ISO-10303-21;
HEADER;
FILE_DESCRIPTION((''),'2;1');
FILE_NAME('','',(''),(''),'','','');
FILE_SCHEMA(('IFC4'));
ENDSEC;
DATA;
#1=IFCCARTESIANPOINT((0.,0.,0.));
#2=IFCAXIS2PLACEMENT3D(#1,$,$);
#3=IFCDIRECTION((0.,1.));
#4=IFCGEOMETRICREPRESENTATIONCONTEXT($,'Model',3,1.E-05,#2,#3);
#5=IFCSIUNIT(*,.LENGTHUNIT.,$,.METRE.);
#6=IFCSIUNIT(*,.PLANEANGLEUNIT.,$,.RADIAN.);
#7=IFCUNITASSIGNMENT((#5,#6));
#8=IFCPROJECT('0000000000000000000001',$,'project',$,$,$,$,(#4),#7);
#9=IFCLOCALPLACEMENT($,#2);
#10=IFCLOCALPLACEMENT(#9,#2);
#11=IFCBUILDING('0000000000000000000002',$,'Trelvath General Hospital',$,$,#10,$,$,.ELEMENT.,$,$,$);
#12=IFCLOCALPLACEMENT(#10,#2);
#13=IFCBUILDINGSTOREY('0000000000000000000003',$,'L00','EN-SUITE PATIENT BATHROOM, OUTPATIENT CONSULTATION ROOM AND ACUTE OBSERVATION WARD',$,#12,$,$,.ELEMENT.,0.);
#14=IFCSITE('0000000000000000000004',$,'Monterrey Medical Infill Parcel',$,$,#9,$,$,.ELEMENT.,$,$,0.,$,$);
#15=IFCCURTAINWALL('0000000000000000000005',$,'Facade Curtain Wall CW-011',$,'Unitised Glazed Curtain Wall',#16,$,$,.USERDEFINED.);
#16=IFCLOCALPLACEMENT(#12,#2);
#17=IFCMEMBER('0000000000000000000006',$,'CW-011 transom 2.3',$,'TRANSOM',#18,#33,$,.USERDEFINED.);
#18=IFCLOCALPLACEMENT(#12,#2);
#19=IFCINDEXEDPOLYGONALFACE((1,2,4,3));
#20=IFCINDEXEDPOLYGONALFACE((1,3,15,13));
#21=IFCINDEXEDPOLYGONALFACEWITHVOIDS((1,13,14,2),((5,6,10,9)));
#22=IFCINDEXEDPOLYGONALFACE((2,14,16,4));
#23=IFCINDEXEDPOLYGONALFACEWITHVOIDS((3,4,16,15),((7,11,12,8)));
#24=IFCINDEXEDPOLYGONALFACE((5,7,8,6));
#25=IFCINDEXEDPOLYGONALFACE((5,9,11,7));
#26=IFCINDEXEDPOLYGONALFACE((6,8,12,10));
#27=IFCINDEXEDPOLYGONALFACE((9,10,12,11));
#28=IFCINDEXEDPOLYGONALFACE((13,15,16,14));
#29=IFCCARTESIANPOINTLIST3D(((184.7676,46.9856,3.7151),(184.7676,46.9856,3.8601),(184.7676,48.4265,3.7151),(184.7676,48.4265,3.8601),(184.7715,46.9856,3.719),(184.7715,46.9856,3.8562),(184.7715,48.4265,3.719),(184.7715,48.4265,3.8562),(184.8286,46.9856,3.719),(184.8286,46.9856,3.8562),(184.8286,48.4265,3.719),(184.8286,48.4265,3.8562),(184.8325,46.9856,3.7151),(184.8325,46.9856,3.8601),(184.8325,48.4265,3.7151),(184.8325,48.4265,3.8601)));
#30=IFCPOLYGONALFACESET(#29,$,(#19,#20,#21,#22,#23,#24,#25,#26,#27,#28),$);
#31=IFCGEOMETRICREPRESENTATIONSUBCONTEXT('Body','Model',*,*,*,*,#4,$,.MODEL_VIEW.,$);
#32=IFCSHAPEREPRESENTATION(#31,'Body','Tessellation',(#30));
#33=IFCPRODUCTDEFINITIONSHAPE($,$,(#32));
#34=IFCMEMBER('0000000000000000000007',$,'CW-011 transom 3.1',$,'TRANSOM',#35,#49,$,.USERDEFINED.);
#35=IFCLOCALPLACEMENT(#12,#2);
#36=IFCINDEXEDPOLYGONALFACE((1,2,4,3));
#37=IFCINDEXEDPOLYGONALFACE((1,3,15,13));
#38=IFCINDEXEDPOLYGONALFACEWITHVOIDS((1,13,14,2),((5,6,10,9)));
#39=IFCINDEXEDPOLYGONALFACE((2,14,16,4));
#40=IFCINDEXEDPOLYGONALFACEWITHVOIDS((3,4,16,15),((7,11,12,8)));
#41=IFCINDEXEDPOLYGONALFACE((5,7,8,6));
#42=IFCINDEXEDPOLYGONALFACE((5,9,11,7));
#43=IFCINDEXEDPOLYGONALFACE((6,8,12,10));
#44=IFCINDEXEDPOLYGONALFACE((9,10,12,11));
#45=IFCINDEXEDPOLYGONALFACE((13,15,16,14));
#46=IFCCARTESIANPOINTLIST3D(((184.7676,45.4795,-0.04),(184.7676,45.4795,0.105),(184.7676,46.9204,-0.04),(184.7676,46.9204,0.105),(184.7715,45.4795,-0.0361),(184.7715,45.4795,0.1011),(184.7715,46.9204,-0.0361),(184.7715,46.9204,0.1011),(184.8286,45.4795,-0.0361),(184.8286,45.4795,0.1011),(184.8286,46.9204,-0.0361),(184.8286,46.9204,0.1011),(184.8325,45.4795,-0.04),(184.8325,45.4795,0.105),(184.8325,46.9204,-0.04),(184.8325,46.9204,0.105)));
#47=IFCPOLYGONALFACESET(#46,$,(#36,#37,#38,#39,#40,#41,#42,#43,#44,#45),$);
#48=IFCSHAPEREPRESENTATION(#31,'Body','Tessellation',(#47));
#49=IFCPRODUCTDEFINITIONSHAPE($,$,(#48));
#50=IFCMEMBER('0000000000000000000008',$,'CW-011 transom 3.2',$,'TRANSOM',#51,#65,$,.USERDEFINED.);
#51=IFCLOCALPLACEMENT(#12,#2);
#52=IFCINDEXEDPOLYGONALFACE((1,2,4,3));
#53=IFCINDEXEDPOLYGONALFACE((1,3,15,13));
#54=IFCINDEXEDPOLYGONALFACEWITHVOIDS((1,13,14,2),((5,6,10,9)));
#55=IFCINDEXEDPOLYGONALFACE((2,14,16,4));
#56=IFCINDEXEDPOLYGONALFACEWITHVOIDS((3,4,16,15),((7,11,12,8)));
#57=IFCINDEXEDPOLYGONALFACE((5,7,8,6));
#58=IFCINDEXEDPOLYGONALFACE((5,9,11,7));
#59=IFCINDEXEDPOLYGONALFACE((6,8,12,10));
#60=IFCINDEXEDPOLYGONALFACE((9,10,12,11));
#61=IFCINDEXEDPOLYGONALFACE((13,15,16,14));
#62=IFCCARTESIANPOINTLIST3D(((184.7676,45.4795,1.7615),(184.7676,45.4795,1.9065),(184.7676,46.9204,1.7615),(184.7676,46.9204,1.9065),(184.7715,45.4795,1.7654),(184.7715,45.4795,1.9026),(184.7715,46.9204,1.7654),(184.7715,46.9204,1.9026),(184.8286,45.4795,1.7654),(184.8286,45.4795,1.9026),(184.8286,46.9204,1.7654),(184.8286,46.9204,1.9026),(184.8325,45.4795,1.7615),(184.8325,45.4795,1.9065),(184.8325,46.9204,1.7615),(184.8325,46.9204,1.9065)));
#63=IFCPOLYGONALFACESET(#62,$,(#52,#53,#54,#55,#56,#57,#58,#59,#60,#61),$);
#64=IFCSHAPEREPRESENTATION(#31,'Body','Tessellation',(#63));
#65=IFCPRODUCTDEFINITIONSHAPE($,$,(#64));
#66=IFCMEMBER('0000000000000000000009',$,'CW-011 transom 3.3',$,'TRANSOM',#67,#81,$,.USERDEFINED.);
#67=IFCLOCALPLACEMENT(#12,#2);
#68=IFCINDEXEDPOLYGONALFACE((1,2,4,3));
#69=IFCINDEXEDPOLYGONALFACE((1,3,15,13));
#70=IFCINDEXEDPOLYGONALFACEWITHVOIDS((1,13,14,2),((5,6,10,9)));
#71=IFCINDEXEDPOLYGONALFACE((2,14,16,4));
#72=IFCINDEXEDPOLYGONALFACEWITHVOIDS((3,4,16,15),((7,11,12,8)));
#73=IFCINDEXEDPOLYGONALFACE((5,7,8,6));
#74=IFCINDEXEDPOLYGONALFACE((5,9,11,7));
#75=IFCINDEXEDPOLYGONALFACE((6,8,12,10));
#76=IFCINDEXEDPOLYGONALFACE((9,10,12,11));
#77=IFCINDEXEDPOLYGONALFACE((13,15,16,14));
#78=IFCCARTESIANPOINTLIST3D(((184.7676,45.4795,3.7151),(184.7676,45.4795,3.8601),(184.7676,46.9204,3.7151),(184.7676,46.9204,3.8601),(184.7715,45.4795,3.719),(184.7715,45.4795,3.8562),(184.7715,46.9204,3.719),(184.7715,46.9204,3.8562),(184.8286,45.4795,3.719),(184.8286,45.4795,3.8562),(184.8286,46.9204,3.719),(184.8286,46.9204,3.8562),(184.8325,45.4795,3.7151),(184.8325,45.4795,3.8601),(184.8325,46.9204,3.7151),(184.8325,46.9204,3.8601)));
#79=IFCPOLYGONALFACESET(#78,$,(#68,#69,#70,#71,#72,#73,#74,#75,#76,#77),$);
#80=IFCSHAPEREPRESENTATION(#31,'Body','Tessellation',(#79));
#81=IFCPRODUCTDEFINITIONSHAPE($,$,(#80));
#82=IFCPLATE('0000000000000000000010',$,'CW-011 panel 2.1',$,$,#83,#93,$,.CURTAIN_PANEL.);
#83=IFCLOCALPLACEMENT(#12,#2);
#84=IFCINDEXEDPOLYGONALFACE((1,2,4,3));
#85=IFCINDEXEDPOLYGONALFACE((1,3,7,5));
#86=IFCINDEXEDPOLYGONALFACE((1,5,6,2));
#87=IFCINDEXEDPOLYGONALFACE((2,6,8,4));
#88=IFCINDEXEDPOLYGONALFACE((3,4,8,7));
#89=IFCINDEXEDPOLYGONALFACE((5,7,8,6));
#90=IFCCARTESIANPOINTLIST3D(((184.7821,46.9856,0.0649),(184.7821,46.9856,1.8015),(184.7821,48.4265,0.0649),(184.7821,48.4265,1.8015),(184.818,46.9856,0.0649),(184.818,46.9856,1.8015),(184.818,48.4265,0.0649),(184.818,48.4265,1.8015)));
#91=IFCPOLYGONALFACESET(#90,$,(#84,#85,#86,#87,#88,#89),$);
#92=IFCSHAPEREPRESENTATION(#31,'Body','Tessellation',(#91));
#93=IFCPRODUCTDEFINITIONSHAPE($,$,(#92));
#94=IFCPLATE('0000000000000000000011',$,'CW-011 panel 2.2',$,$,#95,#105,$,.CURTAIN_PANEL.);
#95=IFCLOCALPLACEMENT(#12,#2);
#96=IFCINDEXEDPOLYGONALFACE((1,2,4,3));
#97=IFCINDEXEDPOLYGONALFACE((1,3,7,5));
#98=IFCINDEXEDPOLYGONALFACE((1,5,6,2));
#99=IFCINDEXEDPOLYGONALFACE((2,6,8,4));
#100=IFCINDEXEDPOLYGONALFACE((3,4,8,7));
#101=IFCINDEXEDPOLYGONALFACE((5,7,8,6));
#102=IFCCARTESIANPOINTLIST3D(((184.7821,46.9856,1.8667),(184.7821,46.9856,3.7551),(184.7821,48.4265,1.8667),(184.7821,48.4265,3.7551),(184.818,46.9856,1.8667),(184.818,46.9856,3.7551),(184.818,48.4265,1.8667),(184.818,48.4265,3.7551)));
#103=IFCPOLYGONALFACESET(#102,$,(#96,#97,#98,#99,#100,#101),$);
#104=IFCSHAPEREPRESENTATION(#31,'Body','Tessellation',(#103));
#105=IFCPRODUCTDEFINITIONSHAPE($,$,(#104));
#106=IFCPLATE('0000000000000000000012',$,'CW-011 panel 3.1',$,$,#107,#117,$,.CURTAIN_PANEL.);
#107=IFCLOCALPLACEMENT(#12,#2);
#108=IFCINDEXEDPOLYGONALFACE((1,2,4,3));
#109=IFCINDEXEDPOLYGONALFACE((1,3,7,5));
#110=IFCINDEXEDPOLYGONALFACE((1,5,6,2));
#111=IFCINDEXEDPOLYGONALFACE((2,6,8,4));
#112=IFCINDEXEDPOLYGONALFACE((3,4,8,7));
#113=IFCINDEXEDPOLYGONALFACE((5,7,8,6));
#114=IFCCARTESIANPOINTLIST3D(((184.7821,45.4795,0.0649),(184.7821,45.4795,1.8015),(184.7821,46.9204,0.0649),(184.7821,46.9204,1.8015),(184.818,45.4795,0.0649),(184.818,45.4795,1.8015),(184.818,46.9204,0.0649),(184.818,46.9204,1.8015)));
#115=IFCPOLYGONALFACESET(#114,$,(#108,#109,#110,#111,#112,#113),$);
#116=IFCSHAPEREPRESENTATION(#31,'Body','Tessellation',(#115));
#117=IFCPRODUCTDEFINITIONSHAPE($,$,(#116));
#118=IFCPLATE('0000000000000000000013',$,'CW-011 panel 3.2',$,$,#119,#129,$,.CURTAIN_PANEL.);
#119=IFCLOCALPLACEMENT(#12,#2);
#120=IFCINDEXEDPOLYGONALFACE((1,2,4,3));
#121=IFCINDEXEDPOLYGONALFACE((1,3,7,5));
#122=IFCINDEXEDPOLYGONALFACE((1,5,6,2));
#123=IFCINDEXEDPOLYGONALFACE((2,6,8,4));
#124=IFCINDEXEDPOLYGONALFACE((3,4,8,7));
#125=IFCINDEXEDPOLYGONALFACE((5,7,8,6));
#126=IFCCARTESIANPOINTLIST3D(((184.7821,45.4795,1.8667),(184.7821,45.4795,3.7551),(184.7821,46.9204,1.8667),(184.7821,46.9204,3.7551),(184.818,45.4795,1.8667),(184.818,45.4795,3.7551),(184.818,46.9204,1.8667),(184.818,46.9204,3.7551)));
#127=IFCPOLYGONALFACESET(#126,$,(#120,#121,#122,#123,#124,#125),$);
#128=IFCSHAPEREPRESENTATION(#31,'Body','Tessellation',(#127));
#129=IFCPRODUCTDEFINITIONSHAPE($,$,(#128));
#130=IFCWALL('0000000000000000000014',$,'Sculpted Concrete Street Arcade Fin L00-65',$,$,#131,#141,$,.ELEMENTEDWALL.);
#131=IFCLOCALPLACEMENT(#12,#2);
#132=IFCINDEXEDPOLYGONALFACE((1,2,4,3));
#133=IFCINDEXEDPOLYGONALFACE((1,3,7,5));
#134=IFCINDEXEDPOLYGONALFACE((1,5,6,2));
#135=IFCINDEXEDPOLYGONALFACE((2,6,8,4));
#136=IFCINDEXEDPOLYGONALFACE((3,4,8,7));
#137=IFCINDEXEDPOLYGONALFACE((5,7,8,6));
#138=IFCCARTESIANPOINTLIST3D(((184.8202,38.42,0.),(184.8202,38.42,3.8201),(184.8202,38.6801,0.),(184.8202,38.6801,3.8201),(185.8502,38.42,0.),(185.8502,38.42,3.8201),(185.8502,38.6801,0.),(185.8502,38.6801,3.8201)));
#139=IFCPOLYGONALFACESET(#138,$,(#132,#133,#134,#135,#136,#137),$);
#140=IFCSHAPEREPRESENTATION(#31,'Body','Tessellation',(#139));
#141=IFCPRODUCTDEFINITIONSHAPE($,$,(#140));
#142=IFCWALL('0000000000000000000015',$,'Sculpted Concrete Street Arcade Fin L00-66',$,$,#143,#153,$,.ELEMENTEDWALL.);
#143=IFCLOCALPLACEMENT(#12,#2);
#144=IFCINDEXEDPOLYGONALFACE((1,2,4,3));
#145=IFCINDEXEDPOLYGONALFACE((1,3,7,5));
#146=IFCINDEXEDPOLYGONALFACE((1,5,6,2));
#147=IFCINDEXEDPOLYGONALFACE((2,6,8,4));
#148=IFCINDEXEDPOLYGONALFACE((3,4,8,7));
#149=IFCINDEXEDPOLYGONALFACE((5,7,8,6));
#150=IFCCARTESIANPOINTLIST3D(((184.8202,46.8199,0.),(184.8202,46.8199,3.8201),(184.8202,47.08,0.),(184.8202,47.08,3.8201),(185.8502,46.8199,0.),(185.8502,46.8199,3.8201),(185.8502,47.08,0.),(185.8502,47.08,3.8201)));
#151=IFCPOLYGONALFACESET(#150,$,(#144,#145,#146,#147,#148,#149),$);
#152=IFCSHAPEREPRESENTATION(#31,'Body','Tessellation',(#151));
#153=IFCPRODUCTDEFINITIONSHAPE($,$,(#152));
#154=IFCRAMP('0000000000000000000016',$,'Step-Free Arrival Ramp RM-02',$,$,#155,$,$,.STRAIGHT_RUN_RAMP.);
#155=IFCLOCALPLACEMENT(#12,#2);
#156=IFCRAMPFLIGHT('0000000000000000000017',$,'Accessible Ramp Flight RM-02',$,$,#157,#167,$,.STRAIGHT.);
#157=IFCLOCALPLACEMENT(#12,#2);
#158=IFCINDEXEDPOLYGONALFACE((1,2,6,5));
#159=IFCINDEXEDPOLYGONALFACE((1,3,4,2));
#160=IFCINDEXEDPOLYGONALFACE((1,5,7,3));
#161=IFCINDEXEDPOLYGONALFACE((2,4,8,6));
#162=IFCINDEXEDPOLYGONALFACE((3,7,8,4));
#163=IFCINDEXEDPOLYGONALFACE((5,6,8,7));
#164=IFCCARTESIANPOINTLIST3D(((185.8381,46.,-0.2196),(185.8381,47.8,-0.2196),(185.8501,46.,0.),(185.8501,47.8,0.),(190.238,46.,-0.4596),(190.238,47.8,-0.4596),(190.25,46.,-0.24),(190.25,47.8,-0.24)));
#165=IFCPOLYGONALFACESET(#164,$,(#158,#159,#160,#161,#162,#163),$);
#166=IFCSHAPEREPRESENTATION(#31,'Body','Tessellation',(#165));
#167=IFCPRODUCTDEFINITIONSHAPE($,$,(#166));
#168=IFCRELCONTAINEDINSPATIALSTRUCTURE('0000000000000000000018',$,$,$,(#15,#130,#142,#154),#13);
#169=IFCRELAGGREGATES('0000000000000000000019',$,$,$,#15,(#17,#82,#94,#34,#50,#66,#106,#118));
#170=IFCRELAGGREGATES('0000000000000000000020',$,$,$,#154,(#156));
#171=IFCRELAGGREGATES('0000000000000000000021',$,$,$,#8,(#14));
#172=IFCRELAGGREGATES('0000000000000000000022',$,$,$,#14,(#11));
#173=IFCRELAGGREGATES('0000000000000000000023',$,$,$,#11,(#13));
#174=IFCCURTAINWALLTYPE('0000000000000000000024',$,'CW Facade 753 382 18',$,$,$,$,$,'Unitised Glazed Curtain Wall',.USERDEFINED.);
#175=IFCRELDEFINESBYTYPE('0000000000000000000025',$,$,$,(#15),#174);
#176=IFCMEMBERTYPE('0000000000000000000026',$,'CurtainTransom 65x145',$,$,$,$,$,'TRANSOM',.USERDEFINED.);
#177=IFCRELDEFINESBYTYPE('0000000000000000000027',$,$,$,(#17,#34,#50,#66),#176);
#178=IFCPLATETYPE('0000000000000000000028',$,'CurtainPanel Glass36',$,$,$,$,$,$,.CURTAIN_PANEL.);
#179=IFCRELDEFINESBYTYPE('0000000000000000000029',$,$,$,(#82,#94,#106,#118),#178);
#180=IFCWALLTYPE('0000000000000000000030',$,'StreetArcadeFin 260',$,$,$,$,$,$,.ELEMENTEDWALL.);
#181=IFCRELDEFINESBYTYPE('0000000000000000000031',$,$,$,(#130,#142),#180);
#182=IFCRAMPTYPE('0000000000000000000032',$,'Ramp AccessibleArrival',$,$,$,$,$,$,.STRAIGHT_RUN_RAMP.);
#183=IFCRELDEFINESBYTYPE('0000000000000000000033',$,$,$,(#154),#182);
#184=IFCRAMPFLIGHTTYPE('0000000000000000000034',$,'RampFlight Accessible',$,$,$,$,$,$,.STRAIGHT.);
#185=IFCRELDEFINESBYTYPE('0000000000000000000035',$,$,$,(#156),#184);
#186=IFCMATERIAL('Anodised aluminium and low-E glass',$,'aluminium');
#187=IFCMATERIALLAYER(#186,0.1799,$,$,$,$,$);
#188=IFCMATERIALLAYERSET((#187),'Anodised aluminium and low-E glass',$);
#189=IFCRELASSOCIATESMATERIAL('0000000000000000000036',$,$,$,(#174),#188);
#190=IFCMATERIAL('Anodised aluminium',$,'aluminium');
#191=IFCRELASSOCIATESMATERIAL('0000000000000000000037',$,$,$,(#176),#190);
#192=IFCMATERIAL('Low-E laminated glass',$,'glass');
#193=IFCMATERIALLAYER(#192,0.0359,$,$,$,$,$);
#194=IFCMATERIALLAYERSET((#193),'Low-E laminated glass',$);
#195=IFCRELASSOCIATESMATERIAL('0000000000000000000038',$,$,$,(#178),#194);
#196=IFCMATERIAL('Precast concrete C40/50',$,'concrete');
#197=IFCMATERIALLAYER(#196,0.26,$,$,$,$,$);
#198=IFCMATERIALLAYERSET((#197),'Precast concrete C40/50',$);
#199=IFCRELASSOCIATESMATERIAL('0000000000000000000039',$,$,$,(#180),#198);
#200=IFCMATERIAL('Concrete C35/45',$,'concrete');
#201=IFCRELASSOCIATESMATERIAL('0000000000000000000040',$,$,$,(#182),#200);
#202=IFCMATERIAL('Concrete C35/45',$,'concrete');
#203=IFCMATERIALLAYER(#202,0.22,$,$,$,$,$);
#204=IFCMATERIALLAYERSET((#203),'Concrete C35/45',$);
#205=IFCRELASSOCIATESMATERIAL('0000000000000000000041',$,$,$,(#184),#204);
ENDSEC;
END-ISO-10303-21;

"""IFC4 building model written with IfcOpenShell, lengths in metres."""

from ifc_helpers import new_model, si_unit, direction, frame, frame_2d, origin, origin_2d, place, context, subcontext, project, spatial, polyline, rectangle, hollow_rectangle, outline, extrude, material, layer, layer_set, material_profile, profile_set, type_object, element, aggregate, save


model = new_model("IFC4")

# Units and contexts
model_context = context("Model", 3, precision=1e-05, world=origin(), true_north=direction((0.0, 1.0)))
body_context = subcontext(model_context, "Body", "Model", "MODEL_VIEW")
ifc_project = project(units=[si_unit("LENGTHUNIT", "METRE"), si_unit("PLANEANGLEUNIT", "RADIAN")], contexts=[model_context])

# Site, building, storey
site_placement = place(None, origin())
site = spatial("IfcSite", under=ifc_project, at=site_placement, Name="Monterrey Medical Infill Parcel", CompositionType="ELEMENT", RefElevation=0.0)
building_placement = place(site_placement, origin())
building = spatial("IfcBuilding", under=site, at=building_placement, Name="Trelvath General Hospital", CompositionType="ELEMENT")
storey_placement = place(building_placement, origin())
storey = spatial("IfcBuildingStorey", under=building, at=storey_placement, Name="L00", Description="EN-SUITE PATIENT BATHROOM, OUTPATIENT CONSULTATION ROOM AND ACUTE OBSERVATION WARD", CompositionType="ELEMENT", Elevation=0.0)

# Curtain wall, members, plates
ifc_material_1 = material(Name="Anodised aluminium and low-E glass", Category="aluminium")
ifc_layer_1 = layer(ifc_material_1, 0.1799)
ifc_layer_set_1 = layer_set([ifc_layer_1], Name="Anodised aluminium and low-E glass")
curtain_wall_type = type_object("IfcCurtainWallType", Name="CW Facade 753 382 18", ElementType="Unitised Glazed Curtain Wall", PredefinedType="USERDEFINED", material=ifc_layer_set_1)
curtain_wall_placement = place(storey_placement, origin())
curtain_wall = element("IfcCurtainWall", 1, at=curtain_wall_placement, inside=storey, type_object=curtain_wall_type, Name="Facade Curtain Wall CW-011", ObjectType="Unitised Glazed Curtain Wall", PredefinedType="USERDEFINED")
ifc_material_2 = material(Name="Anodised aluminium", Category="aluminium")
ifc_material_profile_1 = material_profile(ifc_material_2, hollow_rectangle(XDim=0.0649, YDim=0.145, WallThickness=0.0039, at=origin_2d()), Name="RHS65x145x4")
ifc_profile_set_1 = profile_set([ifc_material_profile_1], Name="Anodised aluminium")
member_type_1 = type_object("IfcMemberType", Name="CurtainTransom 65x145", ElementType="TRANSOM", PredefinedType="USERDEFINED", material=ifc_profile_set_1)
member_1_placement = place(storey_placement, frame((184.8, 48.4265, 3.7876), z_axis=(0.0, -1.0, 0.0), x_axis=(1.0, 0.0, 0.0)))
member_1 = element("IfcMember", 2, at=member_1_placement, type_object=member_type_1, Name="CW-011 transom 2.3", ObjectType="TRANSOM", PredefinedType="USERDEFINED", context=body_context, shape_type="SweptSolid", body=[
    extrude(hollow_rectangle(XDim=0.0649, YDim=0.145, WallThickness=0.0039, at=origin_2d()), origin(), (0.0, 0.0, 1.0), 1.4409),
])
member_2_placement = place(storey_placement, frame((184.8, 46.9204, 0.0325), z_axis=(0.0, -1.0, 0.0), x_axis=(1.0, 0.0, 0.0)))
member_2 = element("IfcMember", 3, at=member_2_placement, type_object=member_type_1, Name="CW-011 transom 3.1", ObjectType="TRANSOM", PredefinedType="USERDEFINED", context=body_context, shape_type="SweptSolid", body=[
    extrude(hollow_rectangle(XDim=0.0649, YDim=0.145, WallThickness=0.0039, at=origin_2d()), origin(), (0.0, 0.0, 1.0), 1.4409),
])
member_3_placement = place(storey_placement, frame((184.8, 46.9204, 1.834), z_axis=(0.0, -1.0, 0.0), x_axis=(1.0, 0.0, 0.0)))
member_3 = element("IfcMember", 4, at=member_3_placement, type_object=member_type_1, Name="CW-011 transom 3.2", ObjectType="TRANSOM", PredefinedType="USERDEFINED", context=body_context, shape_type="SweptSolid", body=[
    extrude(hollow_rectangle(XDim=0.0649, YDim=0.145, WallThickness=0.0039, at=origin_2d()), origin(), (0.0, 0.0, 1.0), 1.4409),
])
member_4_placement = place(storey_placement, frame((184.8, 46.9204, 3.7876), z_axis=(0.0, -1.0, 0.0), x_axis=(1.0, 0.0, 0.0)))
member_4 = element("IfcMember", 5, at=member_4_placement, type_object=member_type_1, Name="CW-011 transom 3.3", ObjectType="TRANSOM", PredefinedType="USERDEFINED", context=body_context, shape_type="SweptSolid", body=[
    extrude(hollow_rectangle(XDim=0.0649, YDim=0.145, WallThickness=0.0039, at=origin_2d()), origin(), (0.0, 0.0, 1.0), 1.4409),
])
ifc_material_3 = material(Name="Low-E laminated glass", Category="glass")
ifc_layer_2 = layer(ifc_material_3, 0.0359)
ifc_layer_set_2 = layer_set([ifc_layer_2], Name="Low-E laminated glass")
plate_type = type_object("IfcPlateType", Name="CurtainPanel Glass36", PredefinedType="CURTAIN_PANEL", material=ifc_layer_set_2)
plate_1_placement = place(storey_placement, frame((184.8, 47.7061, 0.0649), z_axis=(0.0, 0.0, 1.0), x_axis=(0.0, -1.0, 0.0)))
plate_1 = element("IfcPlate", 6, at=plate_1_placement, type_object=plate_type, Name="CW-011 panel 2.1", PredefinedType="CURTAIN_PANEL", context=body_context, shape_type="SweptSolid", body=[
    extrude(rectangle(XDim=1.4409, YDim=0.0359, at=origin_2d()), origin(), (0.0, 0.0, 1.0), 1.7366),
])
plate_2_placement = place(storey_placement, frame((184.8, 47.7061, 1.8667), z_axis=(0.0, 0.0, 1.0), x_axis=(0.0, -1.0, 0.0)))
plate_2 = element("IfcPlate", 7, at=plate_2_placement, type_object=plate_type, Name="CW-011 panel 2.2", PredefinedType="CURTAIN_PANEL", context=body_context, shape_type="SweptSolid", body=[
    extrude(rectangle(XDim=1.4409, YDim=0.0359, at=origin_2d()), origin(), (0.0, 0.0, 1.0), 1.8884),
])
plate_3_placement = place(storey_placement, frame((184.8, 46.2, 0.0649), z_axis=(0.0, 0.0, 1.0), x_axis=(0.0, -1.0, 0.0)))
plate_3 = element("IfcPlate", 8, at=plate_3_placement, type_object=plate_type, Name="CW-011 panel 3.1", PredefinedType="CURTAIN_PANEL", context=body_context, shape_type="SweptSolid", body=[
    extrude(rectangle(XDim=1.4409, YDim=0.0359, at=origin_2d()), origin(), (0.0, 0.0, 1.0), 1.7366),
])
plate_4_placement = place(storey_placement, frame((184.8, 46.2, 1.8667), z_axis=(0.0, 0.0, 1.0), x_axis=(0.0, -1.0, 0.0)))
plate_4 = element("IfcPlate", 9, at=plate_4_placement, type_object=plate_type, Name="CW-011 panel 3.2", PredefinedType="CURTAIN_PANEL", context=body_context, shape_type="SweptSolid", body=[
    extrude(rectangle(XDim=1.4409, YDim=0.0359, at=origin_2d()), origin(), (0.0, 0.0, 1.0), 1.8884),
])
aggregate(curtain_wall, [member_1, plate_1, plate_2, member_2, member_3, member_4, plate_3, plate_4])

# Walls
ifc_material_4 = material(Name="Precast concrete C40/50", Category="concrete")
ifc_layer_3 = layer(ifc_material_4, 0.26)
ifc_layer_set_3 = layer_set([ifc_layer_3], Name="Precast concrete C40/50")
wall_type = type_object("IfcWallType", Name="StreetArcadeFin 260", PredefinedType="ELEMENTEDWALL", material=ifc_layer_set_3)
for number, where, z_axis, x_axis, name in (
    (10, (184.8201, 38.55, 0.0), (0.0, 0.0, 1.0), (1.0, 0.0, 0.0), "Sculpted Concrete Street Arcade Fin L00-65"),
    (11, (184.8201, 46.95, 0.0), (0.0, 0.0, 1.0), (1.0, 0.0, 0.0), "Sculpted Concrete Street Arcade Fin L00-66"),
):
    element("IfcWall", number, at=place(storey_placement, frame(where, z_axis=z_axis, x_axis=x_axis)), inside=storey, type_object=wall_type, Name=name, PredefinedType="ELEMENTEDWALL", context=body_context, shape_type="SweptSolid", body=[
        extrude(rectangle(XDim=1.03, YDim=0.26, at=frame_2d((0.5151, 0.0))), origin(), (0.0, 0.0, 1.0), 3.8201),
    ])

# Ramp, ramp flight
ifc_material_5 = material(Name="Concrete C35/45", Category="concrete")
ramp_type = type_object("IfcRampType", Name="Ramp AccessibleArrival", PredefinedType="STRAIGHT_RUN_RAMP", material=ifc_material_5)
ramp_placement = place(storey_placement, origin())
ramp = element("IfcRamp", 12, at=ramp_placement, inside=storey, type_object=ramp_type, Name="Step-Free Arrival Ramp RM-02", PredefinedType="STRAIGHT_RUN_RAMP")
ifc_material_6 = material(Name="Concrete C35/45", Category="concrete")
ifc_layer_4 = layer(ifc_material_6, 0.22)
ifc_layer_set_4 = layer_set([ifc_layer_4], Name="Concrete C35/45")
ramp_flight_type = type_object("IfcRampFlightType", Name="RampFlight Accessible", PredefinedType="STRAIGHT", material=ifc_layer_set_4)
ramp_flight_placement = place(storey_placement, frame((185.8501, 46.0, 0.0), z_axis=(0.054463, 0.0, 0.998516), x_axis=(0.998516, 0.0, -0.054463)))
ramp_flight = element("IfcRampFlight", 13, at=ramp_flight_placement, type_object=ramp_flight_type, Name="Accessible Ramp Flight RM-02", PredefinedType="STRAIGHT", context=body_context, shape_type="SweptSolid", body=[
    extrude(outline(polyline([(0.0, 0.0), (4.4064, 0.0), (4.4064, 1.8), (0.0, 1.8), (0.0, 0.0)])), origin(), (0.0, 0.0, -1.0), 0.22),
])
aggregate(ramp, [ramp_flight])

save(model, "model.ifc")
